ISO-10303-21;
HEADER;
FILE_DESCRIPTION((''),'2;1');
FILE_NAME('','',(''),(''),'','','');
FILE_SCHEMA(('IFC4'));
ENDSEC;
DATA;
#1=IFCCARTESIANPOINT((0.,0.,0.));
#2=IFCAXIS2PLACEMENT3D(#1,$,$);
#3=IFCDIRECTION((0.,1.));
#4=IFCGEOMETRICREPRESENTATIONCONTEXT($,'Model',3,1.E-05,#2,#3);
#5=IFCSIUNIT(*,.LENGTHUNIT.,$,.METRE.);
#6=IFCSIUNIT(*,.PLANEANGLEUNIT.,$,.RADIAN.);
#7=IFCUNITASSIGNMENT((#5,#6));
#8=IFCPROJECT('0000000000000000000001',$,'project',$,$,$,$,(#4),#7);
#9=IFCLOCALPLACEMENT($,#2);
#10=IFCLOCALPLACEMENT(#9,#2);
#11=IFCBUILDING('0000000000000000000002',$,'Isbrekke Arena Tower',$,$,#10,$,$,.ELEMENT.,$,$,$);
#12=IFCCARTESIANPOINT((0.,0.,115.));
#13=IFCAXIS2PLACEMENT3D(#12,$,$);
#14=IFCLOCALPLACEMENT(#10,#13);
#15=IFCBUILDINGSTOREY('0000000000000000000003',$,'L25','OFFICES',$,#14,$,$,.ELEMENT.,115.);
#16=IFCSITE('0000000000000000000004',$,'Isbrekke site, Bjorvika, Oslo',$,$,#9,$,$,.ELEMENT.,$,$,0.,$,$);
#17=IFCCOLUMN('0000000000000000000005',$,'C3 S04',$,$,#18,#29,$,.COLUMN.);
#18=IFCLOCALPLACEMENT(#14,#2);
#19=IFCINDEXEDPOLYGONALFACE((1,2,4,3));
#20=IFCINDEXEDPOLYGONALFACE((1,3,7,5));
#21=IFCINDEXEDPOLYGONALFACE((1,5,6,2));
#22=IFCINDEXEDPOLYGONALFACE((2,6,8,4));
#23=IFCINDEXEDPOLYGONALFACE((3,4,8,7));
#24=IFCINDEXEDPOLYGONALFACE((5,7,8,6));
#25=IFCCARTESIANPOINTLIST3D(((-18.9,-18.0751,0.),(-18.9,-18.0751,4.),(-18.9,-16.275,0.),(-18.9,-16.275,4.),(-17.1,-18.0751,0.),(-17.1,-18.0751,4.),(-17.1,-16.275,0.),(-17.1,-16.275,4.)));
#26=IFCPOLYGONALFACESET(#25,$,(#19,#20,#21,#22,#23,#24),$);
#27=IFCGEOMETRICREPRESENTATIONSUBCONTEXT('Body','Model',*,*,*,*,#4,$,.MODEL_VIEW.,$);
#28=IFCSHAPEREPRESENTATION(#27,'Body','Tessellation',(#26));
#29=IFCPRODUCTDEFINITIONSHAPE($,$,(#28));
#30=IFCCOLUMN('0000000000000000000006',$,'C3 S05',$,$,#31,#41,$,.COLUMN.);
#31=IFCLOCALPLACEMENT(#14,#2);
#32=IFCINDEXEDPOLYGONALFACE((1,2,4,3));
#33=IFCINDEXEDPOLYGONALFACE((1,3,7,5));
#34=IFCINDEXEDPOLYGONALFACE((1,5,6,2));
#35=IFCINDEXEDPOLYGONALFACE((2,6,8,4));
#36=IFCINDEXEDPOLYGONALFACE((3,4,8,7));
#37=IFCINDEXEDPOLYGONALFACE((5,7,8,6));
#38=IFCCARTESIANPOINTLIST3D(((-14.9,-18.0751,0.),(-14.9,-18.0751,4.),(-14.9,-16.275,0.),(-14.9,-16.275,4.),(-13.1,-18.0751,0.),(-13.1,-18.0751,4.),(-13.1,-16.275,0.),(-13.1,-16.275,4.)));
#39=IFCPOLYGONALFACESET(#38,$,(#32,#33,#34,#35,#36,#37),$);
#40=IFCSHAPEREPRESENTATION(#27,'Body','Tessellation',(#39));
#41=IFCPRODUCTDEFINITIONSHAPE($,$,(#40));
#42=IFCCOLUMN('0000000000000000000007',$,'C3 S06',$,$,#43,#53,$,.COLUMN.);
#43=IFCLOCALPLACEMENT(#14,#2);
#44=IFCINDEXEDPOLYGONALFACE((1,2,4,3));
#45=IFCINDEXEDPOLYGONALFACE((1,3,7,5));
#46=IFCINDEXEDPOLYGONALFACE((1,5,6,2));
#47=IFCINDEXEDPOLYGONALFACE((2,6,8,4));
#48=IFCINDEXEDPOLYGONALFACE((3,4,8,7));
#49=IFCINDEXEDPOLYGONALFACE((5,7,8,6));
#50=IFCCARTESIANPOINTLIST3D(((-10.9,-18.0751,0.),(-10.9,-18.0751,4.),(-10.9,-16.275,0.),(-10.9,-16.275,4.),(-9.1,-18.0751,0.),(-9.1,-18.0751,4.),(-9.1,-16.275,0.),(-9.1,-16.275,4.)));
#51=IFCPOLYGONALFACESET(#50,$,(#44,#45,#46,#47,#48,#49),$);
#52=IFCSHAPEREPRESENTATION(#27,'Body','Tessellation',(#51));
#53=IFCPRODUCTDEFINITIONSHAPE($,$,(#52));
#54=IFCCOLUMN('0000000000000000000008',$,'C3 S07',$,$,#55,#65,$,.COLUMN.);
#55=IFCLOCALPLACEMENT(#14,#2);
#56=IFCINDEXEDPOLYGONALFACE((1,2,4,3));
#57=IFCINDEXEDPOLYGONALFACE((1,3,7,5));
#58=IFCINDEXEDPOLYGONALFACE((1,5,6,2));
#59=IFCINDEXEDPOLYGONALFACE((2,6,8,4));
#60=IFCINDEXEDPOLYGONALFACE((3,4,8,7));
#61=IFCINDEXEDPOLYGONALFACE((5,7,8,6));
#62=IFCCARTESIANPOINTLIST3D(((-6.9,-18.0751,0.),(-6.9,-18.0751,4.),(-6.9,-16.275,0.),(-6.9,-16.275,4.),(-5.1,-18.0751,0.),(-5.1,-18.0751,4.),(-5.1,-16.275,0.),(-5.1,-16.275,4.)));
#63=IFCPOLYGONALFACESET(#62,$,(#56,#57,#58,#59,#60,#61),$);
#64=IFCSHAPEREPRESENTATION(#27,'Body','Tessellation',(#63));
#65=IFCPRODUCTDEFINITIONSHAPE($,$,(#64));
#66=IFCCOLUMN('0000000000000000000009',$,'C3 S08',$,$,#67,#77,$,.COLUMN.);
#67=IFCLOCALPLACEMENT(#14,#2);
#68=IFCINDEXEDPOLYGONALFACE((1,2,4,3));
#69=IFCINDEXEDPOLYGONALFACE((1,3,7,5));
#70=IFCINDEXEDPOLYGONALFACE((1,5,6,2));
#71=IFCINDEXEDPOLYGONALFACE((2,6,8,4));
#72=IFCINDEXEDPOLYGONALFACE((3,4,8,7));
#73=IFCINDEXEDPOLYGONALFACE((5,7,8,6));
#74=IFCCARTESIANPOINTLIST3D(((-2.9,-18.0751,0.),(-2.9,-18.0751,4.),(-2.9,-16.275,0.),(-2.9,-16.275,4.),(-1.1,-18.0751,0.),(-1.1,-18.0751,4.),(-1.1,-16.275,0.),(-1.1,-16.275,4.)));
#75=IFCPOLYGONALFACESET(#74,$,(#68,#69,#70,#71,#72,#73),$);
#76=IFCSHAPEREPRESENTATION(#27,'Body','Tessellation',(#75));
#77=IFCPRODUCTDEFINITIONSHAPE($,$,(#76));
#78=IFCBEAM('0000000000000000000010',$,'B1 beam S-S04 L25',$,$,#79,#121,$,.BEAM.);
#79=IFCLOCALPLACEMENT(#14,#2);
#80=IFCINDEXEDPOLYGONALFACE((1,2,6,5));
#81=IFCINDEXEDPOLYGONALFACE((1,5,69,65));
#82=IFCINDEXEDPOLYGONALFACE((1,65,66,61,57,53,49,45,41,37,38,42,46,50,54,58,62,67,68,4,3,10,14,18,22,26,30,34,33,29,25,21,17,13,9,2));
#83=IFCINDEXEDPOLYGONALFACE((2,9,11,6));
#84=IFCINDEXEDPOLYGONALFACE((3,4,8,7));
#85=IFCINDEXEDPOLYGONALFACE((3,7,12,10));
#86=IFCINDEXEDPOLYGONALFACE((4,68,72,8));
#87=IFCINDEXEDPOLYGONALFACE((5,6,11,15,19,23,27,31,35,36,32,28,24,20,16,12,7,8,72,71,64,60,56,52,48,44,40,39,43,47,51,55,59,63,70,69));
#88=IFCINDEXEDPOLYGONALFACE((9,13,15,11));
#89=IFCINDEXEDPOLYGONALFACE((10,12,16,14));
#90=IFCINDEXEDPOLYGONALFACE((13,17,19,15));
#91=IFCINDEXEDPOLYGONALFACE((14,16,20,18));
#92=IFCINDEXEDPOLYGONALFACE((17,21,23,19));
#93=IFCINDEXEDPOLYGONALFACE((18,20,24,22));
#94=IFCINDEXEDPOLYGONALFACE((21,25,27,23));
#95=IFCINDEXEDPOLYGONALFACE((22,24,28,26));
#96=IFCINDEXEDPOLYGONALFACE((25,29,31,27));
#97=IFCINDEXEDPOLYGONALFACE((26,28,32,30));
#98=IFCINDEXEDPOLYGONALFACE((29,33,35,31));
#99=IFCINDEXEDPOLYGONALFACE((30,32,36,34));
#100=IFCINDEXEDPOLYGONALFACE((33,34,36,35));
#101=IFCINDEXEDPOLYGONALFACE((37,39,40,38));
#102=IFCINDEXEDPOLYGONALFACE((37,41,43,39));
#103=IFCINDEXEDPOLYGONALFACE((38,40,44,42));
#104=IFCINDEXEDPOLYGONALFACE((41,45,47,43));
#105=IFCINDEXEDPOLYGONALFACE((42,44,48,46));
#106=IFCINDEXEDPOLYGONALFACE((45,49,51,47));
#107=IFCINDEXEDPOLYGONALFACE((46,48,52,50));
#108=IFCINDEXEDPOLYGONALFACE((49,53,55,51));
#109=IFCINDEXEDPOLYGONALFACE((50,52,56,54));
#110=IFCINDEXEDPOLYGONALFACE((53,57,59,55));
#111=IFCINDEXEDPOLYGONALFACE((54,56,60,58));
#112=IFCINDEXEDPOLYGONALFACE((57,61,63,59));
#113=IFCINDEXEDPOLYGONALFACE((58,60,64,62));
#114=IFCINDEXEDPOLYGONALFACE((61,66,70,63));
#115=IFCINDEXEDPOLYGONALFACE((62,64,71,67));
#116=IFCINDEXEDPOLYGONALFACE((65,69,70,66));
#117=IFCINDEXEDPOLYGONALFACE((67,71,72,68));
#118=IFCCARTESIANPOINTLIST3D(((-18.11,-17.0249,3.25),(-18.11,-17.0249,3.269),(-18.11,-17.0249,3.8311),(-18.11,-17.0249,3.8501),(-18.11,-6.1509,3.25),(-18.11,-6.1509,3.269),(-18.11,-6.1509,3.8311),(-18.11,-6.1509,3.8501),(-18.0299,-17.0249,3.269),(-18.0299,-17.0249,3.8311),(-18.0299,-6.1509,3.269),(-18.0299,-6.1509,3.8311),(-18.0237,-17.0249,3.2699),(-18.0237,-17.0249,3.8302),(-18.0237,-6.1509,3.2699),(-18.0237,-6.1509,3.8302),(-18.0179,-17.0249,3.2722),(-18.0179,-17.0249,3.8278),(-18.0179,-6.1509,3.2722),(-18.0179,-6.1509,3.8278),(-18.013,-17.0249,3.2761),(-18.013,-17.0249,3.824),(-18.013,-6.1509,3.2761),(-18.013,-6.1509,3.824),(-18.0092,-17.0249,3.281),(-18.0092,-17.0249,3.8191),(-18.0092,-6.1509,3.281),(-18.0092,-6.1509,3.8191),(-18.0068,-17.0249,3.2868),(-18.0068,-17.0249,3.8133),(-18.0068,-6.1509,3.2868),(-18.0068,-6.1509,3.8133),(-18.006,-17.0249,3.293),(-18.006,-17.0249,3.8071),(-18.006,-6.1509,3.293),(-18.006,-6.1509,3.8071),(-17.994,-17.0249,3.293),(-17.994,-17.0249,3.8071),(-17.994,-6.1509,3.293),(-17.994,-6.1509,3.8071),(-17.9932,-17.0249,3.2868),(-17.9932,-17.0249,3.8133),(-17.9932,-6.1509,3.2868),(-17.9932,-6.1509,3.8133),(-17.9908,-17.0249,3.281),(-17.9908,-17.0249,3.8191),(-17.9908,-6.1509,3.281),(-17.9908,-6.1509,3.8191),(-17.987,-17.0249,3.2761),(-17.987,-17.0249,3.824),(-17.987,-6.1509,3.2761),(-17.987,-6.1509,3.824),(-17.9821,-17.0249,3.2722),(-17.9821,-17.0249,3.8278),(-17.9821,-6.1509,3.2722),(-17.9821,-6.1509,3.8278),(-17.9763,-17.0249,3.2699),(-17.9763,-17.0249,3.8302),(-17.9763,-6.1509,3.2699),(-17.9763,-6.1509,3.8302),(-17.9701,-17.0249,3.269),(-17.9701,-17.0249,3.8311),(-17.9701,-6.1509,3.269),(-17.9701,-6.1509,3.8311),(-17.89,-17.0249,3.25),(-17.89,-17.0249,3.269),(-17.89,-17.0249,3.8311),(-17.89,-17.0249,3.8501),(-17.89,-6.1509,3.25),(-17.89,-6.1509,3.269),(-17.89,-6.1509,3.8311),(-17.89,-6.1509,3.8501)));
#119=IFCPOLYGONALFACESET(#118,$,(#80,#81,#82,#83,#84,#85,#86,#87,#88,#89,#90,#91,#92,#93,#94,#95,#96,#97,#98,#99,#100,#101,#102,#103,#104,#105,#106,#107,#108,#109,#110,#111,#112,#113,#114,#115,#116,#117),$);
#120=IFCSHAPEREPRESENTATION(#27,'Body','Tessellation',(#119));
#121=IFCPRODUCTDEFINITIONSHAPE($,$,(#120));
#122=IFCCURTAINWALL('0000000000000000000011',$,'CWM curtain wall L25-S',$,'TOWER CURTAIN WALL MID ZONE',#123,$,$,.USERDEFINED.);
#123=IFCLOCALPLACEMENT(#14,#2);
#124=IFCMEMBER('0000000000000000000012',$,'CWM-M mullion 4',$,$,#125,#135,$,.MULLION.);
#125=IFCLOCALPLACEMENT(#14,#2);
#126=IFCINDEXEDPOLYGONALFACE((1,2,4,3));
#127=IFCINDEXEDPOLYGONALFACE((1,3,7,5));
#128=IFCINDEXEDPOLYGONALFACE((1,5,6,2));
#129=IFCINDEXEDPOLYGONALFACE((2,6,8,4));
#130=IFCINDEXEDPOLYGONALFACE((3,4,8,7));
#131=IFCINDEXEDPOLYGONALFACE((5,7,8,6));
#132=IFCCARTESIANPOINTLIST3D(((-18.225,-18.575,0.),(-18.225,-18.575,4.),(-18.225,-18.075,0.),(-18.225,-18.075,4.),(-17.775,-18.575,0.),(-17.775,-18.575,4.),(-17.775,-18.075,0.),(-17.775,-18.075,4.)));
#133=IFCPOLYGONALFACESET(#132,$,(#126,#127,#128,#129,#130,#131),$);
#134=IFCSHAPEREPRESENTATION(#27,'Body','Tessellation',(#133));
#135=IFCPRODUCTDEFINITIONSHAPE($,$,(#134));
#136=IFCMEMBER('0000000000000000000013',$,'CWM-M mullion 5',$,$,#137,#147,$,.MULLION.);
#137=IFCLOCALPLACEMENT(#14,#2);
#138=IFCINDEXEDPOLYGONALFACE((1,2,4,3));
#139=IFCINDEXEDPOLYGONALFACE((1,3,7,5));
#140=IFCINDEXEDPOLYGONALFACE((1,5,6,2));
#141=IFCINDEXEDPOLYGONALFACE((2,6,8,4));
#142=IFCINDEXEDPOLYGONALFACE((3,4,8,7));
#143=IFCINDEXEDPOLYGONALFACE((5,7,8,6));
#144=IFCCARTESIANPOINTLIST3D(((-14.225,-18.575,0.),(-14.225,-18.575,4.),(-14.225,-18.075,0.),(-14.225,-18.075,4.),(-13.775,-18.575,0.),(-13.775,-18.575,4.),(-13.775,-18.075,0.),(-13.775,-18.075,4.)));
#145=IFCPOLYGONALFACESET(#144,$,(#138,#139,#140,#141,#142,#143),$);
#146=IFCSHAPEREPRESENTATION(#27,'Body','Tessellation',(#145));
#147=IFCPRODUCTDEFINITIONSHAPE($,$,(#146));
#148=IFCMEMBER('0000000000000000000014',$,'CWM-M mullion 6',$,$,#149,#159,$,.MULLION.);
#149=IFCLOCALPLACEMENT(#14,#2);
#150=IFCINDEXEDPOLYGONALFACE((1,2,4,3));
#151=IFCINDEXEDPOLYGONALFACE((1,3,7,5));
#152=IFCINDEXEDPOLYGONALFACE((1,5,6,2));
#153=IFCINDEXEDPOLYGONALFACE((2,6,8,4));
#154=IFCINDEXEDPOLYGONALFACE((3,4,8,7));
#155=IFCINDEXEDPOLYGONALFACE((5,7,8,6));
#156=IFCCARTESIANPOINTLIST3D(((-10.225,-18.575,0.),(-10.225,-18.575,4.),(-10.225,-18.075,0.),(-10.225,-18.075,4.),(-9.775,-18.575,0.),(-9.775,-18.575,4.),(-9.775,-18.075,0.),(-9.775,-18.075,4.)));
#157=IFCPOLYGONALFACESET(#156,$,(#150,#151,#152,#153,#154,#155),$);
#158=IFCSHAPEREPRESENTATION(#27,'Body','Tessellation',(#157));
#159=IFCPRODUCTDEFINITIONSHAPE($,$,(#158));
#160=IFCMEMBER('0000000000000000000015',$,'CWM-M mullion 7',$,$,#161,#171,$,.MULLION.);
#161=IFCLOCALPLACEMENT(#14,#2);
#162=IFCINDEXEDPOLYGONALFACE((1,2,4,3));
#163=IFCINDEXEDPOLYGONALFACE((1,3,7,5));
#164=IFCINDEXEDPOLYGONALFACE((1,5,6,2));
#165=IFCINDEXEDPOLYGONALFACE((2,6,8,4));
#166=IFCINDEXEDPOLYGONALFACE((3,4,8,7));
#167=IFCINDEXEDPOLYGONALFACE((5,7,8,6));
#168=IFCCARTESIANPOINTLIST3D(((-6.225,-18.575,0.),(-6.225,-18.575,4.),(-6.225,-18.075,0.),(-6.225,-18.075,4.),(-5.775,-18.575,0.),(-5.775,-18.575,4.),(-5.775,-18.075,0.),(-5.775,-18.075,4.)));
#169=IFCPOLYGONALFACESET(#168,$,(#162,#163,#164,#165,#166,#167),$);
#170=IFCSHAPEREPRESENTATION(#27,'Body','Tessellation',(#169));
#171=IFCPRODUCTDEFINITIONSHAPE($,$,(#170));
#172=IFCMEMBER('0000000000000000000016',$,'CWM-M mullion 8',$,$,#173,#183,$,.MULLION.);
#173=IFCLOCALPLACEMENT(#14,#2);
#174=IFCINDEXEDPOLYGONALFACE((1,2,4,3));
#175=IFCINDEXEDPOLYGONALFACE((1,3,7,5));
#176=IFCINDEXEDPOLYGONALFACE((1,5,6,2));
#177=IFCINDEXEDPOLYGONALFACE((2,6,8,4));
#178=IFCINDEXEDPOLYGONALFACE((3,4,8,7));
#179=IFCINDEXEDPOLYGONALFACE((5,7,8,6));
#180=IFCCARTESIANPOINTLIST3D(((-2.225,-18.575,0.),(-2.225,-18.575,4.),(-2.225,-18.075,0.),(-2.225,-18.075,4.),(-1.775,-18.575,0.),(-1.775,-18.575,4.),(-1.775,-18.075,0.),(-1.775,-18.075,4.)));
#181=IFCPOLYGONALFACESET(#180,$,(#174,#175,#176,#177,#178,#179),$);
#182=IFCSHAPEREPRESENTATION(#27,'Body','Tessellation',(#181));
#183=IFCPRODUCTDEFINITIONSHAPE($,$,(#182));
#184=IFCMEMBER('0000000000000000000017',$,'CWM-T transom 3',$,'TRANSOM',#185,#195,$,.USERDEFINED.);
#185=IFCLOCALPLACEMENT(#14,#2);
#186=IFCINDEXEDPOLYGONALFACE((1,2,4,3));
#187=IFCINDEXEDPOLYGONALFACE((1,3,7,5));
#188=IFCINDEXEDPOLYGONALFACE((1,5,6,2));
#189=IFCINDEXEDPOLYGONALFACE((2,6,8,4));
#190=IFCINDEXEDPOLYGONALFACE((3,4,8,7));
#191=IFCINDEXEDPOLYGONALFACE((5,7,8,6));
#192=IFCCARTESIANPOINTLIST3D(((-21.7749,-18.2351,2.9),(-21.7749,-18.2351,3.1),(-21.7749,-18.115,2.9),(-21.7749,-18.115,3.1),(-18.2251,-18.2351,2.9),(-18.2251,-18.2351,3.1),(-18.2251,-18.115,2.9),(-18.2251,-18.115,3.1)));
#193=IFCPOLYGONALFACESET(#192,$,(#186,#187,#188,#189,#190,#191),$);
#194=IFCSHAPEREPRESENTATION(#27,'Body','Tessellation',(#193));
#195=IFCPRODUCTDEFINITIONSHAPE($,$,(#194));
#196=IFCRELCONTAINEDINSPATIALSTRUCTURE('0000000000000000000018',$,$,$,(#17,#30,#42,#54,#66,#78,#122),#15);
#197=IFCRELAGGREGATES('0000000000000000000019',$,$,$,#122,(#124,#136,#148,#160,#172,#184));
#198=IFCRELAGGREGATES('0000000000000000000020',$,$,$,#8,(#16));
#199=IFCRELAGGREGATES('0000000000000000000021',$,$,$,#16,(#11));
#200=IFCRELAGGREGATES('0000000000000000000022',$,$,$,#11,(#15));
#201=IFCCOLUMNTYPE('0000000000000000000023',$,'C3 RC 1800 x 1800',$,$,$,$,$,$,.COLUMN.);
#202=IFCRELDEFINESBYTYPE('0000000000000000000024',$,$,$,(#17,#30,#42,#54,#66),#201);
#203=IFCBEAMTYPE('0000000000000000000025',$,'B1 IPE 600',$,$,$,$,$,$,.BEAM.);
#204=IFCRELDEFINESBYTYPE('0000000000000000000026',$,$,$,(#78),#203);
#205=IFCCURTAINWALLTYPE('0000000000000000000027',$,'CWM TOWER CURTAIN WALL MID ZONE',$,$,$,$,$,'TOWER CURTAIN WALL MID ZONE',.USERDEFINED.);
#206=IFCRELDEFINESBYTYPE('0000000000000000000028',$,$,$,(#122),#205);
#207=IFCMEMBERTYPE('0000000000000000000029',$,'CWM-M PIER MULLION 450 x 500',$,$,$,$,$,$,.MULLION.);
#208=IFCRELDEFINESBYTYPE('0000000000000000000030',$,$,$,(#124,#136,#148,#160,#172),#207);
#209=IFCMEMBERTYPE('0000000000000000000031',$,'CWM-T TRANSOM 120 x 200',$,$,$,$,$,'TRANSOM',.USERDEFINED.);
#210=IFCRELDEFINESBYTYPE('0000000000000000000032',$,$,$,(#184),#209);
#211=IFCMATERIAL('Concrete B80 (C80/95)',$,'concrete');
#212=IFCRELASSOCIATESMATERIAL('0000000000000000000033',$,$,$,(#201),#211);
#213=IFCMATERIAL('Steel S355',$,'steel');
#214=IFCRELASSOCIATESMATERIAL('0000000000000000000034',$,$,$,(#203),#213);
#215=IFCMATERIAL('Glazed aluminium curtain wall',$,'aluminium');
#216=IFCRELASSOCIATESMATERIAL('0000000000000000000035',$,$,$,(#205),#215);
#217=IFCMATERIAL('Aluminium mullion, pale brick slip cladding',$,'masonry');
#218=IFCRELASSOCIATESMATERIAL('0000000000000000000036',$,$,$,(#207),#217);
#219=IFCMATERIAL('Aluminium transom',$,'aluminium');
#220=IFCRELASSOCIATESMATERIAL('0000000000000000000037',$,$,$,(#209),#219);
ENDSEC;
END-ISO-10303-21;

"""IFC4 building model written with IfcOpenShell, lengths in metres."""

from ifc_helpers import new_model, si_unit, direction, frame, origin, origin_2d, place, context, subcontext, project, spatial, rectangle, i_section, extrude, material, material_profile, profile_set, type_object, element, aggregate, save


model = new_model("IFC4")

# Units and contexts
model_context = context("Model", 3, precision=1e-05, world=origin(), true_north=direction((0.0, 1.0)))
body_context = subcontext(model_context, "Body", "Model", "MODEL_VIEW")
ifc_project = project(units=[si_unit("LENGTHUNIT", "METRE"), si_unit("PLANEANGLEUNIT", "RADIAN")], contexts=[model_context])

# Site, building, storey
site_placement = place(None, origin())
site = spatial("IfcSite", under=ifc_project, at=site_placement, Name="Isbrekke site, Bjorvika, Oslo", CompositionType="ELEMENT", RefElevation=0.0)
building_placement = place(site_placement, origin())
building = spatial("IfcBuilding", under=site, at=building_placement, Name="Isbrekke Arena Tower", CompositionType="ELEMENT")
storey_placement = place(building_placement, frame((0.0, 0.0, 115.0)))
storey = spatial("IfcBuildingStorey", under=building, at=storey_placement, Name="L25", Description="OFFICES", CompositionType="ELEMENT", Elevation=115.0)

# Columns
ifc_material_1 = material(Name="Concrete B80 (C80/95)", Category="concrete")
ifc_material_profile_1 = material_profile(ifc_material_1, rectangle(XDim=1.8, YDim=1.8, at=origin_2d()), Name="RC 1800x1800")
ifc_profile_set_1 = profile_set([ifc_material_profile_1], Name="Concrete B80 (C80/95)")
column_type = type_object("IfcColumnType", Name="C3 RC 1800 x 1800", PredefinedType="COLUMN", material=ifc_profile_set_1)
for number, where, z_axis, x_axis, name in (
    (1, (-18.0, -17.175, 0.0), (0.0, 0.0, 1.0), (1.0, 0.0, 0.0), "C3 S04"),
    (2, (-14.0, -17.175, 0.0), (0.0, 0.0, 1.0), (1.0, 0.0, 0.0), "C3 S05"),
    (3, (-10.0, -17.175, 0.0), (0.0, 0.0, 1.0), (1.0, 0.0, 0.0), "C3 S06"),
    (4, (-6.0, -17.175, 0.0), (0.0, 0.0, 1.0), (1.0, 0.0, 0.0), "C3 S07"),
    (5, (-2.0, -17.175, 0.0), (0.0, 0.0, 1.0), (1.0, 0.0, 0.0), "C3 S08"),
):
    element("IfcColumn", number, at=place(storey_placement, frame(where, z_axis=z_axis, x_axis=x_axis)), inside=storey, type_object=column_type, Name=name, PredefinedType="COLUMN", context=body_context, shape_type="SweptSolid", body=[
        extrude(rectangle(XDim=1.8, YDim=1.8, at=origin_2d()), origin(), (0.0, 0.0, 1.0), 4.0),
    ])

# Beam
ifc_material_2 = material(Name="Steel S355", Category="steel")
ifc_material_profile_2 = material_profile(ifc_material_2, i_section(OverallWidth=0.22, OverallDepth=0.6001, WebThickness=0.012, FlangeThickness=0.019, FilletRadius=0.0239, at=origin_2d()), Name="IPE 600")
ifc_profile_set_2 = profile_set([ifc_material_profile_2], Name="Steel S355")
beam_type_1 = type_object("IfcBeamType", Name="B1 IPE 600", PredefinedType="BEAM", material=ifc_profile_set_2)
beam_placement = place(storey_placement, frame((-18.0, -17.0249, 3.55), z_axis=(0.0, 1.0, 0.0), x_axis=(-1.0, 0.0, 0.0)))
element("IfcBeam", 6, at=beam_placement, inside=storey, type_object=beam_type_1, Name="B1 beam S-S04 L25", PredefinedType="BEAM", context=body_context, shape_type="SweptSolid", body=[
    extrude(i_section(OverallWidth=0.22, OverallDepth=0.6001, WebThickness=0.012, FlangeThickness=0.019, FilletRadius=0.0239, at=origin_2d()), origin(), (0.0, 0.0, 1.0), 10.874),
])

# Curtain wall, members
ifc_material_3 = material(Name="Glazed aluminium curtain wall", Category="aluminium")
curtain_wall_type = type_object("IfcCurtainWallType", Name="CWM TOWER CURTAIN WALL MID ZONE", ElementType="TOWER CURTAIN WALL MID ZONE", PredefinedType="USERDEFINED", material=ifc_material_3)
curtain_wall_placement = place(storey_placement, origin())
curtain_wall = element("IfcCurtainWall", 7, at=curtain_wall_placement, inside=storey, type_object=curtain_wall_type, Name="CWM curtain wall L25-S", ObjectType="TOWER CURTAIN WALL MID ZONE", PredefinedType="USERDEFINED")
ifc_material_4 = material(Name="Aluminium mullion, pale brick slip cladding", Category="masonry")
ifc_material_profile_3 = material_profile(ifc_material_4, rectangle(XDim=0.45, YDim=0.5, at=origin_2d()), Name="PIER 450X500")
ifc_profile_set_3 = profile_set([ifc_material_profile_3], Name="Aluminium mullion, pale brick slip cladding")
member_type_1 = type_object("IfcMemberType", Name="CWM-M PIER MULLION 450 x 500", PredefinedType="MULLION", material=ifc_profile_set_3)
member_1_placement = place(storey_placement, frame((-18.0, -18.325, 0.0), z_axis=(0.0, 0.0, 1.0), x_axis=(1.0, 0.0, 0.0)))
member_1 = element("IfcMember", 8, at=member_1_placement, type_object=member_type_1, Name="CWM-M mullion 4", PredefinedType="MULLION", context=body_context, shape_type="SweptSolid", body=[
    extrude(rectangle(XDim=0.45, YDim=0.5, at=origin_2d()), origin(), (0.0, 0.0, 1.0), 4.0),
])
member_2_placement = place(storey_placement, frame((-14.0, -18.325, 0.0), z_axis=(0.0, 0.0, 1.0), x_axis=(1.0, 0.0, 0.0)))
member_2 = element("IfcMember", 9, at=member_2_placement, type_object=member_type_1, Name="CWM-M mullion 5", PredefinedType="MULLION", context=body_context, shape_type="SweptSolid", body=[
    extrude(rectangle(XDim=0.45, YDim=0.5, at=origin_2d()), origin(), (0.0, 0.0, 1.0), 4.0),
])
member_3_placement = place(storey_placement, frame((-10.0, -18.325, 0.0), z_axis=(0.0, 0.0, 1.0), x_axis=(1.0, 0.0, 0.0)))
member_3 = element("IfcMember", 10, at=member_3_placement, type_object=member_type_1, Name="CWM-M mullion 6", PredefinedType="MULLION", context=body_context, shape_type="SweptSolid", body=[
    extrude(rectangle(XDim=0.45, YDim=0.5, at=origin_2d()), origin(), (0.0, 0.0, 1.0), 4.0),
])
member_4_placement = place(storey_placement, frame((-6.0, -18.325, 0.0), z_axis=(0.0, 0.0, 1.0), x_axis=(1.0, 0.0, 0.0)))
member_4 = element("IfcMember", 11, at=member_4_placement, type_object=member_type_1, Name="CWM-M mullion 7", PredefinedType="MULLION", context=body_context, shape_type="SweptSolid", body=[
    extrude(rectangle(XDim=0.45, YDim=0.5, at=origin_2d()), origin(), (0.0, 0.0, 1.0), 4.0),
])
member_5_placement = place(storey_placement, frame((-2.0, -18.325, 0.0), z_axis=(0.0, 0.0, 1.0), x_axis=(1.0, 0.0, 0.0)))
member_5 = element("IfcMember", 12, at=member_5_placement, type_object=member_type_1, Name="CWM-M mullion 8", PredefinedType="MULLION", context=body_context, shape_type="SweptSolid", body=[
    extrude(rectangle(XDim=0.45, YDim=0.5, at=origin_2d()), origin(), (0.0, 0.0, 1.0), 4.0),
])
ifc_material_5 = material(Name="Aluminium transom", Category="aluminium")
ifc_material_profile_4 = material_profile(ifc_material_5, rectangle(XDim=0.1201, YDim=0.2, at=origin_2d()), Name="TRANSOM 120X200")
ifc_profile_set_4 = profile_set([ifc_material_profile_4], Name="Aluminium transom")
member_type_2 = type_object("IfcMemberType", Name="CWM-T TRANSOM 120 x 200", ElementType="TRANSOM", PredefinedType="USERDEFINED", material=ifc_profile_set_4)
member_6_placement = place(storey_placement, frame((-21.7749, -18.175, 3.0), z_axis=(1.0, 0.0, 0.0), x_axis=(0.0, 1.0, 0.0)))
member_6 = element("IfcMember", 13, at=member_6_placement, type_object=member_type_2, Name="CWM-T transom 3", ObjectType="TRANSOM", PredefinedType="USERDEFINED", context=body_context, shape_type="SweptSolid", body=[
    extrude(rectangle(XDim=0.1201, YDim=0.2, at=origin_2d()), origin(), (0.0, 0.0, 1.0), 3.5498),
])

aggregate(curtain_wall, [member_1, member_2, member_3, member_4, member_5, member_6])

save(model, "model.ifc")
